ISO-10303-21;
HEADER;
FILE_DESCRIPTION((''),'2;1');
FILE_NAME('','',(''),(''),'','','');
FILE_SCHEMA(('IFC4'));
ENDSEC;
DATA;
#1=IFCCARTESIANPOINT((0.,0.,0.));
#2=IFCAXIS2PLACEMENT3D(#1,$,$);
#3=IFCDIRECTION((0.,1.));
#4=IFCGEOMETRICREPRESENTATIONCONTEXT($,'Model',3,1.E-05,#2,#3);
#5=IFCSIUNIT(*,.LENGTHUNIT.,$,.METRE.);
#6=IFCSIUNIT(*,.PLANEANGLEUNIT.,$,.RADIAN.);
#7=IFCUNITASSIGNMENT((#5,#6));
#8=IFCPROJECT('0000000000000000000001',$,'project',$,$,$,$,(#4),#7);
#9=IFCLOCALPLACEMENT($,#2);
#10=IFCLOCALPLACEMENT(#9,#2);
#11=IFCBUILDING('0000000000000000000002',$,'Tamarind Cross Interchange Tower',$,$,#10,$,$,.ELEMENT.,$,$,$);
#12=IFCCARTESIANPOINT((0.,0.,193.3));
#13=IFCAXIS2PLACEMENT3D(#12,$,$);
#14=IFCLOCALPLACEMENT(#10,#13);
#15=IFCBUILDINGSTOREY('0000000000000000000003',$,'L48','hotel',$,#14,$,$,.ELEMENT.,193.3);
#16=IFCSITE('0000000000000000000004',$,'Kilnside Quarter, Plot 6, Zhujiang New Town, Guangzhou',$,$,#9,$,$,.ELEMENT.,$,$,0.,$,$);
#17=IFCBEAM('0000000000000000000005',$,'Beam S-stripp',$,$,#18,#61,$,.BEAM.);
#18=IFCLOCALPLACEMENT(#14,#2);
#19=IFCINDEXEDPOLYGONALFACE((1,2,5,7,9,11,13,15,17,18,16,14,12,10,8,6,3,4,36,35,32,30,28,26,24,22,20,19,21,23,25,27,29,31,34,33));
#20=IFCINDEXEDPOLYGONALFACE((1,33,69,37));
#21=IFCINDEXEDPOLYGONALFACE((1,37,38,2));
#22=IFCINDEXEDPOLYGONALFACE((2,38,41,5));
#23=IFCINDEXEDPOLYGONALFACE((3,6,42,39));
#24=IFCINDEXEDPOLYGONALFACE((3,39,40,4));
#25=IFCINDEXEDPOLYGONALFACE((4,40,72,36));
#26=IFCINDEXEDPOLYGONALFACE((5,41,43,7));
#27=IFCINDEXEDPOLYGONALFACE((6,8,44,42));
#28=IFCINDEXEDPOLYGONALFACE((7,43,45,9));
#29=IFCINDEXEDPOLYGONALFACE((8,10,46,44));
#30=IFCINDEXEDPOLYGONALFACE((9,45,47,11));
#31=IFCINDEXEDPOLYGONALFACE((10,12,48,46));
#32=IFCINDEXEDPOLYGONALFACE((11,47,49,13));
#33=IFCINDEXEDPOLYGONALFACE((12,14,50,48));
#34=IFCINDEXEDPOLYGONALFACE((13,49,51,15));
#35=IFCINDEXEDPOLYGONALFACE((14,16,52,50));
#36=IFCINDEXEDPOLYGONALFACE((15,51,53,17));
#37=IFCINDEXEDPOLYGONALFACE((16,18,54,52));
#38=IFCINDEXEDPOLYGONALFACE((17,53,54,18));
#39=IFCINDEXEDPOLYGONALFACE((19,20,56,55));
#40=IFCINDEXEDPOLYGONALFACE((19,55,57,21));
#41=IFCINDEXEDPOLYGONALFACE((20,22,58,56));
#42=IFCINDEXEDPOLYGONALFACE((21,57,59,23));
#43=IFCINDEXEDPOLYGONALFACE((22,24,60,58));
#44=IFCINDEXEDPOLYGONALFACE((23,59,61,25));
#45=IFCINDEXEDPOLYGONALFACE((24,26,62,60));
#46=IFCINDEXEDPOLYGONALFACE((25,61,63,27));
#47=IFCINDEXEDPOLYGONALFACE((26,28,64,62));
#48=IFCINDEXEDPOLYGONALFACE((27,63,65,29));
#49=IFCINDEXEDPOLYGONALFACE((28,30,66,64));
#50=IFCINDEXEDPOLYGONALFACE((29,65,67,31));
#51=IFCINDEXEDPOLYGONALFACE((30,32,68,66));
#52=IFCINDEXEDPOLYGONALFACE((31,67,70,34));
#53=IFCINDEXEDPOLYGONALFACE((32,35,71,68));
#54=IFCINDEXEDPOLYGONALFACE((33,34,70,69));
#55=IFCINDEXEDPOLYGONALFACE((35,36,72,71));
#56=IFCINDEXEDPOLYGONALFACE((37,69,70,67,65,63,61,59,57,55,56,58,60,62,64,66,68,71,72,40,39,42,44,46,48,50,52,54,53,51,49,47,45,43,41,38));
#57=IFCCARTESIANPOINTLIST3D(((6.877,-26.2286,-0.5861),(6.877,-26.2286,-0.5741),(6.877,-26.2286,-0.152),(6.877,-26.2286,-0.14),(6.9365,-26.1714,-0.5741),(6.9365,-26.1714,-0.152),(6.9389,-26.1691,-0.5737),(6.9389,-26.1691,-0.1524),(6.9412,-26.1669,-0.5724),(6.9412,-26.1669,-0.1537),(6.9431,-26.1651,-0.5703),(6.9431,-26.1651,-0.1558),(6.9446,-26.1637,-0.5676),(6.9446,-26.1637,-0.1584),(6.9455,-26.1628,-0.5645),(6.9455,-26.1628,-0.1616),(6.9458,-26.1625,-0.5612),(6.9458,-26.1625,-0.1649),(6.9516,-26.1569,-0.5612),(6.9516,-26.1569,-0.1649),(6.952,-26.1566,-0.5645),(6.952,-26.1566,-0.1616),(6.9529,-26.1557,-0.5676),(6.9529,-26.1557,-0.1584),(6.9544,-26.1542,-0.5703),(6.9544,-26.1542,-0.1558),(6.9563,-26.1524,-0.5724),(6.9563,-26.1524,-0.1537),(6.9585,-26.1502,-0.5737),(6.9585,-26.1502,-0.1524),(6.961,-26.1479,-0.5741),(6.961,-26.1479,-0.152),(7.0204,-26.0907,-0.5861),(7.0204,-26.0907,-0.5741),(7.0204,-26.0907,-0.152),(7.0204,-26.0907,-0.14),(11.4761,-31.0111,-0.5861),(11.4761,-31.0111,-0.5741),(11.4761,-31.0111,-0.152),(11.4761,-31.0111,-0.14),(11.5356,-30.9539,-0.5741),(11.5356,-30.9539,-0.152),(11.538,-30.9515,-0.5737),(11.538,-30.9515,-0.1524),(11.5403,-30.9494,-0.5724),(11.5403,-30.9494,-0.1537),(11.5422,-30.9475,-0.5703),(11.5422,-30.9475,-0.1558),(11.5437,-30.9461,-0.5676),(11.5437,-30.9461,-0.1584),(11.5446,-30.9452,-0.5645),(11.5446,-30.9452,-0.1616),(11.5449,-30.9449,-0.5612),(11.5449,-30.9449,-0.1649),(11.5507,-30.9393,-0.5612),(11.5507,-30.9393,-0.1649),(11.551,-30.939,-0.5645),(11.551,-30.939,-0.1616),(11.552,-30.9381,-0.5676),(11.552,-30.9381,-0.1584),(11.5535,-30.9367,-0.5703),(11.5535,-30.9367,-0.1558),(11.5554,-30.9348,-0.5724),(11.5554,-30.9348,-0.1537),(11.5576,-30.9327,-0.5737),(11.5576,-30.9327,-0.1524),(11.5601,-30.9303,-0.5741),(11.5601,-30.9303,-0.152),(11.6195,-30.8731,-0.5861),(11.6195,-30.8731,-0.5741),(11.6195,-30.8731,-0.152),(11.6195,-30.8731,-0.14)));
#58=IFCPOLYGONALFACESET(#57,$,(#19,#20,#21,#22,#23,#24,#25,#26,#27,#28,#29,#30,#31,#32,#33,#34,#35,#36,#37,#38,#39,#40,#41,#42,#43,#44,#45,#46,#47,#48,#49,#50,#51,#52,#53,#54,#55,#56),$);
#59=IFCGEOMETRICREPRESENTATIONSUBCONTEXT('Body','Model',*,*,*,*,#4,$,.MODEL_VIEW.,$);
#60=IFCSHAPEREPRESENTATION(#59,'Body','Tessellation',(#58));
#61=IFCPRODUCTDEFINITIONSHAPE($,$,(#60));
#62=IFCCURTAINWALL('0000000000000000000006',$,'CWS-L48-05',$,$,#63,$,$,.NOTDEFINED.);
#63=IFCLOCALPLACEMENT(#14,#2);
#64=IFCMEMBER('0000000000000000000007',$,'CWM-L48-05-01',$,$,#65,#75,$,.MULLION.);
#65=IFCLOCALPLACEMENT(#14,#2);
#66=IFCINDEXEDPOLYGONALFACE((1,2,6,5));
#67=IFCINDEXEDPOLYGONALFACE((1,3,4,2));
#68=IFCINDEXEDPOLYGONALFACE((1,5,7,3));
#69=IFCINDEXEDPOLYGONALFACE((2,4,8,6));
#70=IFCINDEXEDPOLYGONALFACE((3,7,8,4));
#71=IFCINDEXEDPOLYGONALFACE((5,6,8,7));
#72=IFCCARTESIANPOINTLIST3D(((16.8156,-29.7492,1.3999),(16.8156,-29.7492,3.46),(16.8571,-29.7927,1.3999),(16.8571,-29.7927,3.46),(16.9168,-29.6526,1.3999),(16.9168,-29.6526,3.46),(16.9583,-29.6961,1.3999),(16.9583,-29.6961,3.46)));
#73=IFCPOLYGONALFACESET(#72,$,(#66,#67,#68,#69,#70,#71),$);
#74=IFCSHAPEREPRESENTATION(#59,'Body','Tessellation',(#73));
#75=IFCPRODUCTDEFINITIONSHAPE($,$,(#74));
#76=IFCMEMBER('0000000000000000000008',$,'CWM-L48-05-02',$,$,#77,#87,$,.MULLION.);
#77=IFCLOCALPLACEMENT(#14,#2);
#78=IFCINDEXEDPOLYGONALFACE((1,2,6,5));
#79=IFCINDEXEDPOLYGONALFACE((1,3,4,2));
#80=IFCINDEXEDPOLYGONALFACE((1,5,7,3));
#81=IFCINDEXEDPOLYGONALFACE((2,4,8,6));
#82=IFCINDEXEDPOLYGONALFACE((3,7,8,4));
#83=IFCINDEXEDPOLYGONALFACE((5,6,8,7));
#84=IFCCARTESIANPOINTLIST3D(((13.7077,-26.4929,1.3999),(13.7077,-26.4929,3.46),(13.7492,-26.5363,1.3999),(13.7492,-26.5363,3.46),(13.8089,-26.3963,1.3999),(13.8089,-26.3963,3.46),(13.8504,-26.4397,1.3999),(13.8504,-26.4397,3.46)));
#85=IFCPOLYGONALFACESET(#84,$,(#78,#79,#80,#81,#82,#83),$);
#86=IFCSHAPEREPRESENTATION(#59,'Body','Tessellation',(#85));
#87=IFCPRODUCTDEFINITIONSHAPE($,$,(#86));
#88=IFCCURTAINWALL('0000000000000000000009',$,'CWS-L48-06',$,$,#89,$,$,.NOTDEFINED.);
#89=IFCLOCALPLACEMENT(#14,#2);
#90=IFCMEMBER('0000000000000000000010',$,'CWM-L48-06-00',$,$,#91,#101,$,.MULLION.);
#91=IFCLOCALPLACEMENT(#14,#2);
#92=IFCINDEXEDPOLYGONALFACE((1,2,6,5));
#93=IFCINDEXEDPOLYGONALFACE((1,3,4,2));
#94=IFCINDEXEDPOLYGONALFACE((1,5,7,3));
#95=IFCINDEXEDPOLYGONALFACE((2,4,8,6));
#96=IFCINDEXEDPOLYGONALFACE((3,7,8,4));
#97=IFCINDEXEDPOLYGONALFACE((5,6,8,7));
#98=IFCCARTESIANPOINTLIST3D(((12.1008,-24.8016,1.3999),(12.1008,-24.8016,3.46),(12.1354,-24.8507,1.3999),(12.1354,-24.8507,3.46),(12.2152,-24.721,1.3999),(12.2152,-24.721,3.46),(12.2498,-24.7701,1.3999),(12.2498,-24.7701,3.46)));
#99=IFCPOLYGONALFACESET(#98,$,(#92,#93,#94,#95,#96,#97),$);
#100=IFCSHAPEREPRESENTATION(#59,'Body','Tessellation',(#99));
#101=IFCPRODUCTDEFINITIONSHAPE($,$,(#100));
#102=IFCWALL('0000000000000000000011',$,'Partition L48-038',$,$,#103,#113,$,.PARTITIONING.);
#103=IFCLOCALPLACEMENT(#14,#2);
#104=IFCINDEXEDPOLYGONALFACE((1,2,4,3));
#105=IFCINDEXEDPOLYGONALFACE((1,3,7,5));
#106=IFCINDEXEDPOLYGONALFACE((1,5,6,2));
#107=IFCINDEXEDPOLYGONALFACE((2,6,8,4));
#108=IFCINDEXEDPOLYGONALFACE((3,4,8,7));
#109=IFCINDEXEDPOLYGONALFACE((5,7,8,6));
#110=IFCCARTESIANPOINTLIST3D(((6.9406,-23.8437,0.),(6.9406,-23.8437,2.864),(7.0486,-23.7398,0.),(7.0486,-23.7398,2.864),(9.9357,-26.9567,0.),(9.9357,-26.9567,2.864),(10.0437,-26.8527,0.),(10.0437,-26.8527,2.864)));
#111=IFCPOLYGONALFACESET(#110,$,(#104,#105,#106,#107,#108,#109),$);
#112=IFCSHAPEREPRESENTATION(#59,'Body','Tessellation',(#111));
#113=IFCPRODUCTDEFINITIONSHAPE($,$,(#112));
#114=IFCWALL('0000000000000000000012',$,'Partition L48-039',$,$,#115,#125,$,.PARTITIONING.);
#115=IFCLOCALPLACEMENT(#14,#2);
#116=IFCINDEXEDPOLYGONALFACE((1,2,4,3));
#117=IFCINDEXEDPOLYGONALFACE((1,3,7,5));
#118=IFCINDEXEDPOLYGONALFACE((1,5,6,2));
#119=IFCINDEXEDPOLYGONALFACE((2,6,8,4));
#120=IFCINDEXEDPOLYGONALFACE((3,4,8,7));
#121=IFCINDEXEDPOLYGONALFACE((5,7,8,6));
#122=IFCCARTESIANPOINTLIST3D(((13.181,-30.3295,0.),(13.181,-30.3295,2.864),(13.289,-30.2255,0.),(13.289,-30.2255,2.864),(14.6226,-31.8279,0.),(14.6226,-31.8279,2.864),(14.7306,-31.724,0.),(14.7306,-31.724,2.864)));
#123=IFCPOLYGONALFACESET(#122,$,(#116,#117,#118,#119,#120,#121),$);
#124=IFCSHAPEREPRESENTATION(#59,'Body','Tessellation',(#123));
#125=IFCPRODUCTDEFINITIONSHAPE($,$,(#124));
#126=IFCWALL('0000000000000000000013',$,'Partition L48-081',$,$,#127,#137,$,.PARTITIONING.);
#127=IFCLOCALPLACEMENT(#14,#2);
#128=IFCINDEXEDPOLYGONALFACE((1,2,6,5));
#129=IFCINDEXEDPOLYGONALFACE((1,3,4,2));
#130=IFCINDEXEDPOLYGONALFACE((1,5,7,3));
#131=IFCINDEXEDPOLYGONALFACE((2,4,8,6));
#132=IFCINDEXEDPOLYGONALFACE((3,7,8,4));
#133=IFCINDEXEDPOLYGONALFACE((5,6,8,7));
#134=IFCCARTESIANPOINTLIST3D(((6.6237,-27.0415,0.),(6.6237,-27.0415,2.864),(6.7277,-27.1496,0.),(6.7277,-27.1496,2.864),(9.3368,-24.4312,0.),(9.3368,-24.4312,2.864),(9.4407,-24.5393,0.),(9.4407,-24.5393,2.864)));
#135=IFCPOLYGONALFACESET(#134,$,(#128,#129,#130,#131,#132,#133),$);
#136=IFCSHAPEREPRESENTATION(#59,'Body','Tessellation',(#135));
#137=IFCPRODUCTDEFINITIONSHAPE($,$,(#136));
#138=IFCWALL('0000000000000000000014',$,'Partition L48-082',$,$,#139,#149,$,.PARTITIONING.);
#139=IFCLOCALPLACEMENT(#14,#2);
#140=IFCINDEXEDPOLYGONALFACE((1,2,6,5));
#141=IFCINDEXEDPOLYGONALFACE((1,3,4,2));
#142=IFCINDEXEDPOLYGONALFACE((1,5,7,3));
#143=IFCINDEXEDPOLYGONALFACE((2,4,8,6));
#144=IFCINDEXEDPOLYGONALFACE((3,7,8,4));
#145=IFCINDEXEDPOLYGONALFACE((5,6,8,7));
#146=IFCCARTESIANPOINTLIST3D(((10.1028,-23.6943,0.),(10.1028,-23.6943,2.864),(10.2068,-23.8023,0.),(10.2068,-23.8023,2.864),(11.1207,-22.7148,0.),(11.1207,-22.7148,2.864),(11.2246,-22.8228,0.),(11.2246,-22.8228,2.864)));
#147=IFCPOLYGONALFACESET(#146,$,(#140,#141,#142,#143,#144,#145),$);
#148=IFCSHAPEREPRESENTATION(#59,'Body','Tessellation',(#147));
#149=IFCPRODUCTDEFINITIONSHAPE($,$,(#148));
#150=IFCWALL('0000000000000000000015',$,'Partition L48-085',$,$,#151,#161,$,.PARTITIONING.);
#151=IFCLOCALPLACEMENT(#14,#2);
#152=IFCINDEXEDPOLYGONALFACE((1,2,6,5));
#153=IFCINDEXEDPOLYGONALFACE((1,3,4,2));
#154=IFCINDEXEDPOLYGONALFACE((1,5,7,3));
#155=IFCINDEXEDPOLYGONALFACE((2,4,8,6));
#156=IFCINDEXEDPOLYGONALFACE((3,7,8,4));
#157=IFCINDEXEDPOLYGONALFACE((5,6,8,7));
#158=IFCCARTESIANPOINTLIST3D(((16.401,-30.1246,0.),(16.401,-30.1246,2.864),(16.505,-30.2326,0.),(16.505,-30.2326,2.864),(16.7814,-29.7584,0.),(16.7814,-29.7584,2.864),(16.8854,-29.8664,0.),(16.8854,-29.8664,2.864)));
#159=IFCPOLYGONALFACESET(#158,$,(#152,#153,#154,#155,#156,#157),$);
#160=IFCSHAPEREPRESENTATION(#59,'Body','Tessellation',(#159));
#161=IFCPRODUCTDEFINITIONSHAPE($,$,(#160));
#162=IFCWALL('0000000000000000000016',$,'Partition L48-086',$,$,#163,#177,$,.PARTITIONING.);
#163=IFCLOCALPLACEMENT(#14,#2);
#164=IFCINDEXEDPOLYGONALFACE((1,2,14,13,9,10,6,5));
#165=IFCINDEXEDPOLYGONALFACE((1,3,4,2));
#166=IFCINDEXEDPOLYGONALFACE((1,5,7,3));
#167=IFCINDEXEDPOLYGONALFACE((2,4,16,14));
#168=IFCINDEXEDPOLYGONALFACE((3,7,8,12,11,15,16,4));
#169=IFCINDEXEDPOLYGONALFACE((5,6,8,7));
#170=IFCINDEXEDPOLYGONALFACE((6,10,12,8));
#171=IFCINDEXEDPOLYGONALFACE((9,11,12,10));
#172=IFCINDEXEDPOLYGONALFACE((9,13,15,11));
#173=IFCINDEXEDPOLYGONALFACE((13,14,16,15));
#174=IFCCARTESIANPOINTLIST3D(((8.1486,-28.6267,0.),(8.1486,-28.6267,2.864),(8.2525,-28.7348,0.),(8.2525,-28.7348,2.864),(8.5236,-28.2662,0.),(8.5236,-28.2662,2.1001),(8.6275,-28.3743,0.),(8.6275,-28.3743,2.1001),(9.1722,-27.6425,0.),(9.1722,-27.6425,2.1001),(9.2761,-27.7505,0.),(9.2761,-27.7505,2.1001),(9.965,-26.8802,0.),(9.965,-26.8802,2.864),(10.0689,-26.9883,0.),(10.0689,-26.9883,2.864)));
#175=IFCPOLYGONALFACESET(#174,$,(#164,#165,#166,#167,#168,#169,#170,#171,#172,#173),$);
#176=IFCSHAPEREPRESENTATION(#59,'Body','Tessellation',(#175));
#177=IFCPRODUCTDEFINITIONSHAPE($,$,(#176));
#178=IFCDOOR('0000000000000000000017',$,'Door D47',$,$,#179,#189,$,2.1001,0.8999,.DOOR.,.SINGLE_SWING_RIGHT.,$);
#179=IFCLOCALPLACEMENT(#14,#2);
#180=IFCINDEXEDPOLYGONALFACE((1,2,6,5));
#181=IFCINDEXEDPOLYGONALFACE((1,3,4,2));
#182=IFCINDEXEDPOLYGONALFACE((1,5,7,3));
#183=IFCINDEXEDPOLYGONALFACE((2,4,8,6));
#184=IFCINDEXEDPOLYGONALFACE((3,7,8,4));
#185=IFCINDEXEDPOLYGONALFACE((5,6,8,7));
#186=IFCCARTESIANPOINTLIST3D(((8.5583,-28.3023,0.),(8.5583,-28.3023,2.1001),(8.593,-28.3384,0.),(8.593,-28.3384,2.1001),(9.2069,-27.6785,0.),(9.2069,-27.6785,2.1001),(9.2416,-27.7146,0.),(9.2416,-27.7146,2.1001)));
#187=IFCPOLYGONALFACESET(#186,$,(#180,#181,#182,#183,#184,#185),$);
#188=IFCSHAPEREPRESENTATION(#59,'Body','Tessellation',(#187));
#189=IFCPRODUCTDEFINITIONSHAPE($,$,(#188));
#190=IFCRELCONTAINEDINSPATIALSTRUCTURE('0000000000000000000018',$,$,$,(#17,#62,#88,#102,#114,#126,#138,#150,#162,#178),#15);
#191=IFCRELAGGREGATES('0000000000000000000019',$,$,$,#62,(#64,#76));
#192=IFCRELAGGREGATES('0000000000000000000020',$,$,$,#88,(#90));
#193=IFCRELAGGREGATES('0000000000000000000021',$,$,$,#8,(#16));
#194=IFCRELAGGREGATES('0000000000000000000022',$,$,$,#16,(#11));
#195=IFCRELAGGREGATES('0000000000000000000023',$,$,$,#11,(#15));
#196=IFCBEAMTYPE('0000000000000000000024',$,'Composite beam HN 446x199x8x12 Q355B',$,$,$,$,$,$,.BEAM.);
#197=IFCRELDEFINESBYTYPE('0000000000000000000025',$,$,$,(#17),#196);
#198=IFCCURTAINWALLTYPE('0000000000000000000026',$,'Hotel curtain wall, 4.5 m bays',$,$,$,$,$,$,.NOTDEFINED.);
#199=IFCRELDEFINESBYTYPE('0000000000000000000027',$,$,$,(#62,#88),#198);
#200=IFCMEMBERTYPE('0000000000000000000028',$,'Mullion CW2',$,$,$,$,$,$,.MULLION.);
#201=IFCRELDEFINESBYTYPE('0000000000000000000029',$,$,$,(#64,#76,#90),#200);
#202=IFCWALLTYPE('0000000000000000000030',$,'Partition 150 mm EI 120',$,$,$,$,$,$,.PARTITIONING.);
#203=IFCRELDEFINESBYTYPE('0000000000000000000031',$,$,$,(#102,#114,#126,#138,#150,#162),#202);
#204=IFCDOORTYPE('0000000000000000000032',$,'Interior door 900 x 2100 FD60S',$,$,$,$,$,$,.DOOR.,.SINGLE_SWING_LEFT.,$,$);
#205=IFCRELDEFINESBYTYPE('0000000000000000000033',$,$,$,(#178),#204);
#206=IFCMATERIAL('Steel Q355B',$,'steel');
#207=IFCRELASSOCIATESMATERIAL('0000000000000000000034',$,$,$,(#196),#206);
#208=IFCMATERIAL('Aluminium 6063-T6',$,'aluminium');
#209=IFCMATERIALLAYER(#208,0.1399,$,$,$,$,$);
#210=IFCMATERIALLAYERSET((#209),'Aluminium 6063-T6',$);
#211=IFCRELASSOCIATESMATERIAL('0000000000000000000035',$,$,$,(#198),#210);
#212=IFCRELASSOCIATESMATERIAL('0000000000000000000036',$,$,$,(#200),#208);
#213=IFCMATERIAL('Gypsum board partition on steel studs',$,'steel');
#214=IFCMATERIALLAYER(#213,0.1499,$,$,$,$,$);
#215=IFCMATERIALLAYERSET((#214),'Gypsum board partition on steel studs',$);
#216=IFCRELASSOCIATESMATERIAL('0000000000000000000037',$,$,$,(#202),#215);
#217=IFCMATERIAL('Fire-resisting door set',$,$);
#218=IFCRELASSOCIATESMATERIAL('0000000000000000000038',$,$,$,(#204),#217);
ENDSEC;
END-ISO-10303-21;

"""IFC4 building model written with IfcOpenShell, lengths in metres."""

from ifc_helpers import new_model, si_unit, direction, frame, frame_2d, origin, origin_2d, place, context, subcontext, project, spatial, rectangle, i_section, extrude, material, layer, layer_set, material_profile, profile_set, type_object, element, fill, aggregate, save


model = new_model("IFC4")

# Units and contexts
model_context = context("Model", 3, precision=1e-05, world=origin(), true_north=direction((0.0, 1.0)))
body_context = subcontext(model_context, "Body", "Model", "MODEL_VIEW")
ifc_project = project(units=[si_unit("LENGTHUNIT", "METRE"), si_unit("PLANEANGLEUNIT", "RADIAN")], contexts=[model_context])

# Site, building, storey
site_placement = place(None, origin())
site = spatial("IfcSite", under=ifc_project, at=site_placement, Name="Kilnside Quarter, Plot 6, Zhujiang New Town, Guangzhou", CompositionType="ELEMENT", RefElevation=0.0)
building_placement = place(site_placement, origin())
building = spatial("IfcBuilding", under=site, at=building_placement, Name="Tamarind Cross Interchange Tower", CompositionType="ELEMENT")
storey_placement = place(building_placement, frame((0.0, 0.0, 193.3)))
storey = spatial("IfcBuildingStorey", under=building, at=storey_placement, Name="L48", Description="hotel", CompositionType="ELEMENT", Elevation=193.3)

# Beam
ifc_material_1 = material(Name="Steel Q355B", Category="steel")
ifc_material_profile_1 = material_profile(ifc_material_1, i_section(OverallWidth=0.199, OverallDepth=0.446, WebThickness=0.0081, FlangeThickness=0.012, FilletRadius=0.0129, at=origin_2d()), Name="HN 446x199x8x12")
ifc_profile_set_1 = profile_set([ifc_material_profile_1], Name="Steel Q355B")
beam_type = type_object("IfcBeamType", Name="Composite beam HN 446x199x8x12 Q355B", PredefinedType="BEAM", material=ifc_profile_set_1)
beam_1_placement = place(storey_placement, frame((6.9487, -26.1597, -0.363), z_axis=(0.693155, -0.720789, 0.0), x_axis=(0.720789, 0.693155, 0.0)))
element("IfcBeam", 1, at=beam_1_placement, inside=storey, type_object=beam_type, Name="Beam S-stripp", PredefinedType="BEAM", context=body_context, shape_type="SweptSolid", body=[
    extrude(i_section(OverallWidth=0.199, OverallDepth=0.446, WebThickness=0.0081, FlangeThickness=0.012, FilletRadius=0.0129, at=origin_2d()), origin(), (0.0, 0.0, 1.0), 6.635),
])

# Curtain wall, members
ifc_material_2 = material(Name="Aluminium 6063-T6", Category="aluminium")
ifc_layer_1 = layer(ifc_material_2, 0.1399)
ifc_layer_set_1 = layer_set([ifc_layer_1], Name="Aluminium 6063-T6")
curtain_wall_type = type_object("IfcCurtainWallType", Name="Hotel curtain wall, 4.5 m bays", PredefinedType="NOTDEFINED", material=ifc_layer_set_1)
curtain_wall_1_placement = place(storey_placement, origin())
curtain_wall_1 = element("IfcCurtainWall", 2, at=curtain_wall_1_placement, inside=storey, type_object=curtain_wall_type, Name="CWS-L48-05", PredefinedType="NOTDEFINED")
ifc_material_profile_2 = material_profile(ifc_material_2, rectangle(XDim=0.0601, YDim=0.1399, at=origin_2d()), Name="Mullion CW2")
ifc_profile_set_2 = profile_set([ifc_material_profile_2], Name="Aluminium 6063-T6")
member_type = type_object("IfcMemberType", Name="Mullion CW2", PredefinedType="MULLION", material=ifc_profile_set_2)
member_1_placement = place(storey_placement, frame((16.887, -29.7227, 1.3999), z_axis=(0.0, 0.0, 1.0), x_axis=(-0.690434, 0.723395, 0.0)))
member_1 = element("IfcMember", 3, at=member_1_placement, type_object=member_type, Name="CWM-L48-05-01", PredefinedType="MULLION", context=body_context, shape_type="SweptSolid", body=[
    extrude(rectangle(XDim=0.0601, YDim=0.1399, at=origin_2d()), origin(), (0.0, 0.0, 1.0), 2.0601),
])
member_2_placement = place(storey_placement, frame((13.7791, -26.4663, 1.3999), z_axis=(0.0, 0.0, 1.0), x_axis=(-0.690434, 0.723395, 0.0)))
member_2 = element("IfcMember", 4, at=member_2_placement, type_object=member_type, Name="CWM-L48-05-02", PredefinedType="MULLION", context=body_context, shape_type="SweptSolid", body=[
    extrude(rectangle(XDim=0.0601, YDim=0.1399, at=origin_2d()), origin(), (0.0, 0.0, 1.0), 2.0601),
])
aggregate(curtain_wall_1, [member_1, member_2])

# Curtain wall, member
curtain_wall_2_placement = place(storey_placement, origin())
curtain_wall_2 = element("IfcCurtainWall", 5, at=curtain_wall_2_placement, inside=storey, type_object=curtain_wall_type, Name="CWS-L48-06", PredefinedType="NOTDEFINED")
member_3_placement = place(storey_placement, frame((12.1753, -24.7859, 1.3999), z_axis=(0.0, 0.0, 1.0), x_axis=(-0.576176, 0.817326, 0.0)))
member_3 = element("IfcMember", 6, at=member_3_placement, type_object=member_type, Name="CWM-L48-06-00", PredefinedType="MULLION", context=body_context, shape_type="SweptSolid", body=[
    extrude(rectangle(XDim=0.0601, YDim=0.1399, at=origin_2d()), origin(), (0.0, 0.0, 1.0), 2.0601),
])
aggregate(curtain_wall_2, [member_3])

# Walls
ifc_material_3 = material(Name="Gypsum board partition on steel studs", Category="steel")
ifc_layer_2 = layer(ifc_material_3, 0.1499)
ifc_layer_set_2 = layer_set([ifc_layer_2], Name="Gypsum board partition on steel studs")
wall_type = type_object("IfcWallType", Name="Partition 150 mm EI 120", PredefinedType="PARTITIONING", material=ifc_layer_set_2)
wall_1_placement = place(storey_placement, frame((6.9946, -23.7917, 0.0), z_axis=(0.0, 0.0, 1.0), x_axis=(0.693327, -0.720623, 0.0)))
element("IfcWall", 7, at=wall_1_placement, inside=storey, type_object=wall_type, Name="Partition L48-038", PredefinedType="PARTITIONING", context=body_context, shape_type="SweptSolid", body=[
    extrude(rectangle(XDim=4.3198, YDim=0.1499, at=frame_2d((2.1599, 0.0))), origin(), (0.0, 0.0, 1.0), 2.864),
])
wall_2_placement = place(storey_placement, frame((13.2351, -30.2776, 0.0), z_axis=(0.0, 0.0, 1.0), x_axis=(0.693296, -0.720653, 0.0)))
element("IfcWall", 8, at=wall_2_placement, inside=storey, type_object=wall_type, Name="Partition L48-039", PredefinedType="PARTITIONING", context=body_context, shape_type="SweptSolid", body=[
    extrude(rectangle(XDim=2.0793, YDim=0.1499, at=frame_2d((1.0396, 0.0))), origin(), (0.0, 0.0, 1.0), 2.864),
])
wall_3_placement = place(storey_placement, frame((6.6758, -27.0955, 0.0), z_axis=(0.0, 0.0, 1.0), x_axis=(0.720625, 0.693325, 0.0)))
element("IfcWall", 9, at=wall_3_placement, inside=storey, type_object=wall_type, Name="Partition L48-081", PredefinedType="PARTITIONING", context=body_context, shape_type="SweptSolid", body=[
    extrude(rectangle(XDim=3.7649, YDim=0.1499, at=frame_2d((1.8823, 0.0))), origin(), (0.0, 0.0, 1.0), 2.864),
])
wall_4_placement = place(storey_placement, frame((10.1548, -23.7483, 0.0), z_axis=(0.0, 0.0, 1.0), x_axis=(0.720544, 0.693409, 0.0)))
element("IfcWall", 10, at=wall_4_placement, inside=storey, type_object=wall_type, Name="Partition L48-082", PredefinedType="PARTITIONING", context=body_context, shape_type="SweptSolid", body=[
    extrude(rectangle(XDim=1.4126, YDim=0.1499, at=frame_2d((0.7063, 0.0))), origin(), (0.0, 0.0, 1.0), 2.864),
])
wall_5_placement = place(storey_placement, frame((16.4529, -30.1787, 0.0), z_axis=(0.0, 0.0, 1.0), x_axis=(0.720389, 0.693571, 0.0)))
element("IfcWall", 11, at=wall_5_placement, inside=storey, type_object=wall_type, Name="Partition L48-085", PredefinedType="PARTITIONING", context=body_context, shape_type="SweptSolid", body=[
    extrude(rectangle(XDim=0.5281, YDim=0.1499, at=frame_2d((0.2642, 0.0))), origin(), (0.0, 0.0, 1.0), 2.864),
])

# Wall, opening, door
wall_6_placement = place(storey_placement, frame((8.2007, -28.6807, 0.0), z_axis=(0.0, 0.0, 1.0), x_axis=(0.720826, 0.693116, 0.0)))
wall_6 = element("IfcWall", 12, at=wall_6_placement, inside=storey, type_object=wall_type, Name="Partition L48-086", PredefinedType="PARTITIONING", context=body_context, shape_type="SweptSolid", body=[
    extrude(rectangle(XDim=2.5198, YDim=0.1499, at=frame_2d((1.2598, 0.0))), origin(), (0.0, 0.0, 1.0), 2.864),
])
opening_placement = place(wall_6_placement, frame((0.52, 0.0, 0.0)))
opening = element("IfcOpeningElement", 13, at=opening_placement, cuts=wall_6, PredefinedType="OPENING", context=body_context, shape_type="SweptSolid", body=[
    extrude(rectangle(XDim=0.8999, YDim=2.1001, at=frame_2d((0.45, 1.05))), frame((0.0, 0.085, 0.0), z_axis=(0.0, -1.0, 0.0), x_axis=(1.0, 0.0, 0.0)), (0.0, 0.0, 1.0), 0.1699),
])
ifc_material_4 = material(Name="Fire-resisting door set")
door_type = type_object("IfcDoorType", Name="Interior door 900 x 2100 FD60S", OperationType="SINGLE_SWING_LEFT", PredefinedType="DOOR", material=ifc_material_4)
door_placement = place(opening_placement, origin())
door = element("IfcDoor", 14, at=door_placement, inside=storey, type_object=door_type, Name="Door D47", OperationType="SINGLE_SWING_RIGHT", OverallHeight=2.1001, OverallWidth=0.8999, PredefinedType="DOOR", context=body_context, shape_type="SweptSolid", body=[
    extrude(rectangle(XDim=0.8999, YDim=2.1001, at=frame_2d((0.45, 1.05))), frame((0.0, 0.0249, 0.0), z_axis=(0.0, -1.0, 0.0), x_axis=(1.0, 0.0, 0.0)), (0.0, 0.0, 1.0), 0.05),
])
fill(opening, door)

save(model, "model.ifc")
